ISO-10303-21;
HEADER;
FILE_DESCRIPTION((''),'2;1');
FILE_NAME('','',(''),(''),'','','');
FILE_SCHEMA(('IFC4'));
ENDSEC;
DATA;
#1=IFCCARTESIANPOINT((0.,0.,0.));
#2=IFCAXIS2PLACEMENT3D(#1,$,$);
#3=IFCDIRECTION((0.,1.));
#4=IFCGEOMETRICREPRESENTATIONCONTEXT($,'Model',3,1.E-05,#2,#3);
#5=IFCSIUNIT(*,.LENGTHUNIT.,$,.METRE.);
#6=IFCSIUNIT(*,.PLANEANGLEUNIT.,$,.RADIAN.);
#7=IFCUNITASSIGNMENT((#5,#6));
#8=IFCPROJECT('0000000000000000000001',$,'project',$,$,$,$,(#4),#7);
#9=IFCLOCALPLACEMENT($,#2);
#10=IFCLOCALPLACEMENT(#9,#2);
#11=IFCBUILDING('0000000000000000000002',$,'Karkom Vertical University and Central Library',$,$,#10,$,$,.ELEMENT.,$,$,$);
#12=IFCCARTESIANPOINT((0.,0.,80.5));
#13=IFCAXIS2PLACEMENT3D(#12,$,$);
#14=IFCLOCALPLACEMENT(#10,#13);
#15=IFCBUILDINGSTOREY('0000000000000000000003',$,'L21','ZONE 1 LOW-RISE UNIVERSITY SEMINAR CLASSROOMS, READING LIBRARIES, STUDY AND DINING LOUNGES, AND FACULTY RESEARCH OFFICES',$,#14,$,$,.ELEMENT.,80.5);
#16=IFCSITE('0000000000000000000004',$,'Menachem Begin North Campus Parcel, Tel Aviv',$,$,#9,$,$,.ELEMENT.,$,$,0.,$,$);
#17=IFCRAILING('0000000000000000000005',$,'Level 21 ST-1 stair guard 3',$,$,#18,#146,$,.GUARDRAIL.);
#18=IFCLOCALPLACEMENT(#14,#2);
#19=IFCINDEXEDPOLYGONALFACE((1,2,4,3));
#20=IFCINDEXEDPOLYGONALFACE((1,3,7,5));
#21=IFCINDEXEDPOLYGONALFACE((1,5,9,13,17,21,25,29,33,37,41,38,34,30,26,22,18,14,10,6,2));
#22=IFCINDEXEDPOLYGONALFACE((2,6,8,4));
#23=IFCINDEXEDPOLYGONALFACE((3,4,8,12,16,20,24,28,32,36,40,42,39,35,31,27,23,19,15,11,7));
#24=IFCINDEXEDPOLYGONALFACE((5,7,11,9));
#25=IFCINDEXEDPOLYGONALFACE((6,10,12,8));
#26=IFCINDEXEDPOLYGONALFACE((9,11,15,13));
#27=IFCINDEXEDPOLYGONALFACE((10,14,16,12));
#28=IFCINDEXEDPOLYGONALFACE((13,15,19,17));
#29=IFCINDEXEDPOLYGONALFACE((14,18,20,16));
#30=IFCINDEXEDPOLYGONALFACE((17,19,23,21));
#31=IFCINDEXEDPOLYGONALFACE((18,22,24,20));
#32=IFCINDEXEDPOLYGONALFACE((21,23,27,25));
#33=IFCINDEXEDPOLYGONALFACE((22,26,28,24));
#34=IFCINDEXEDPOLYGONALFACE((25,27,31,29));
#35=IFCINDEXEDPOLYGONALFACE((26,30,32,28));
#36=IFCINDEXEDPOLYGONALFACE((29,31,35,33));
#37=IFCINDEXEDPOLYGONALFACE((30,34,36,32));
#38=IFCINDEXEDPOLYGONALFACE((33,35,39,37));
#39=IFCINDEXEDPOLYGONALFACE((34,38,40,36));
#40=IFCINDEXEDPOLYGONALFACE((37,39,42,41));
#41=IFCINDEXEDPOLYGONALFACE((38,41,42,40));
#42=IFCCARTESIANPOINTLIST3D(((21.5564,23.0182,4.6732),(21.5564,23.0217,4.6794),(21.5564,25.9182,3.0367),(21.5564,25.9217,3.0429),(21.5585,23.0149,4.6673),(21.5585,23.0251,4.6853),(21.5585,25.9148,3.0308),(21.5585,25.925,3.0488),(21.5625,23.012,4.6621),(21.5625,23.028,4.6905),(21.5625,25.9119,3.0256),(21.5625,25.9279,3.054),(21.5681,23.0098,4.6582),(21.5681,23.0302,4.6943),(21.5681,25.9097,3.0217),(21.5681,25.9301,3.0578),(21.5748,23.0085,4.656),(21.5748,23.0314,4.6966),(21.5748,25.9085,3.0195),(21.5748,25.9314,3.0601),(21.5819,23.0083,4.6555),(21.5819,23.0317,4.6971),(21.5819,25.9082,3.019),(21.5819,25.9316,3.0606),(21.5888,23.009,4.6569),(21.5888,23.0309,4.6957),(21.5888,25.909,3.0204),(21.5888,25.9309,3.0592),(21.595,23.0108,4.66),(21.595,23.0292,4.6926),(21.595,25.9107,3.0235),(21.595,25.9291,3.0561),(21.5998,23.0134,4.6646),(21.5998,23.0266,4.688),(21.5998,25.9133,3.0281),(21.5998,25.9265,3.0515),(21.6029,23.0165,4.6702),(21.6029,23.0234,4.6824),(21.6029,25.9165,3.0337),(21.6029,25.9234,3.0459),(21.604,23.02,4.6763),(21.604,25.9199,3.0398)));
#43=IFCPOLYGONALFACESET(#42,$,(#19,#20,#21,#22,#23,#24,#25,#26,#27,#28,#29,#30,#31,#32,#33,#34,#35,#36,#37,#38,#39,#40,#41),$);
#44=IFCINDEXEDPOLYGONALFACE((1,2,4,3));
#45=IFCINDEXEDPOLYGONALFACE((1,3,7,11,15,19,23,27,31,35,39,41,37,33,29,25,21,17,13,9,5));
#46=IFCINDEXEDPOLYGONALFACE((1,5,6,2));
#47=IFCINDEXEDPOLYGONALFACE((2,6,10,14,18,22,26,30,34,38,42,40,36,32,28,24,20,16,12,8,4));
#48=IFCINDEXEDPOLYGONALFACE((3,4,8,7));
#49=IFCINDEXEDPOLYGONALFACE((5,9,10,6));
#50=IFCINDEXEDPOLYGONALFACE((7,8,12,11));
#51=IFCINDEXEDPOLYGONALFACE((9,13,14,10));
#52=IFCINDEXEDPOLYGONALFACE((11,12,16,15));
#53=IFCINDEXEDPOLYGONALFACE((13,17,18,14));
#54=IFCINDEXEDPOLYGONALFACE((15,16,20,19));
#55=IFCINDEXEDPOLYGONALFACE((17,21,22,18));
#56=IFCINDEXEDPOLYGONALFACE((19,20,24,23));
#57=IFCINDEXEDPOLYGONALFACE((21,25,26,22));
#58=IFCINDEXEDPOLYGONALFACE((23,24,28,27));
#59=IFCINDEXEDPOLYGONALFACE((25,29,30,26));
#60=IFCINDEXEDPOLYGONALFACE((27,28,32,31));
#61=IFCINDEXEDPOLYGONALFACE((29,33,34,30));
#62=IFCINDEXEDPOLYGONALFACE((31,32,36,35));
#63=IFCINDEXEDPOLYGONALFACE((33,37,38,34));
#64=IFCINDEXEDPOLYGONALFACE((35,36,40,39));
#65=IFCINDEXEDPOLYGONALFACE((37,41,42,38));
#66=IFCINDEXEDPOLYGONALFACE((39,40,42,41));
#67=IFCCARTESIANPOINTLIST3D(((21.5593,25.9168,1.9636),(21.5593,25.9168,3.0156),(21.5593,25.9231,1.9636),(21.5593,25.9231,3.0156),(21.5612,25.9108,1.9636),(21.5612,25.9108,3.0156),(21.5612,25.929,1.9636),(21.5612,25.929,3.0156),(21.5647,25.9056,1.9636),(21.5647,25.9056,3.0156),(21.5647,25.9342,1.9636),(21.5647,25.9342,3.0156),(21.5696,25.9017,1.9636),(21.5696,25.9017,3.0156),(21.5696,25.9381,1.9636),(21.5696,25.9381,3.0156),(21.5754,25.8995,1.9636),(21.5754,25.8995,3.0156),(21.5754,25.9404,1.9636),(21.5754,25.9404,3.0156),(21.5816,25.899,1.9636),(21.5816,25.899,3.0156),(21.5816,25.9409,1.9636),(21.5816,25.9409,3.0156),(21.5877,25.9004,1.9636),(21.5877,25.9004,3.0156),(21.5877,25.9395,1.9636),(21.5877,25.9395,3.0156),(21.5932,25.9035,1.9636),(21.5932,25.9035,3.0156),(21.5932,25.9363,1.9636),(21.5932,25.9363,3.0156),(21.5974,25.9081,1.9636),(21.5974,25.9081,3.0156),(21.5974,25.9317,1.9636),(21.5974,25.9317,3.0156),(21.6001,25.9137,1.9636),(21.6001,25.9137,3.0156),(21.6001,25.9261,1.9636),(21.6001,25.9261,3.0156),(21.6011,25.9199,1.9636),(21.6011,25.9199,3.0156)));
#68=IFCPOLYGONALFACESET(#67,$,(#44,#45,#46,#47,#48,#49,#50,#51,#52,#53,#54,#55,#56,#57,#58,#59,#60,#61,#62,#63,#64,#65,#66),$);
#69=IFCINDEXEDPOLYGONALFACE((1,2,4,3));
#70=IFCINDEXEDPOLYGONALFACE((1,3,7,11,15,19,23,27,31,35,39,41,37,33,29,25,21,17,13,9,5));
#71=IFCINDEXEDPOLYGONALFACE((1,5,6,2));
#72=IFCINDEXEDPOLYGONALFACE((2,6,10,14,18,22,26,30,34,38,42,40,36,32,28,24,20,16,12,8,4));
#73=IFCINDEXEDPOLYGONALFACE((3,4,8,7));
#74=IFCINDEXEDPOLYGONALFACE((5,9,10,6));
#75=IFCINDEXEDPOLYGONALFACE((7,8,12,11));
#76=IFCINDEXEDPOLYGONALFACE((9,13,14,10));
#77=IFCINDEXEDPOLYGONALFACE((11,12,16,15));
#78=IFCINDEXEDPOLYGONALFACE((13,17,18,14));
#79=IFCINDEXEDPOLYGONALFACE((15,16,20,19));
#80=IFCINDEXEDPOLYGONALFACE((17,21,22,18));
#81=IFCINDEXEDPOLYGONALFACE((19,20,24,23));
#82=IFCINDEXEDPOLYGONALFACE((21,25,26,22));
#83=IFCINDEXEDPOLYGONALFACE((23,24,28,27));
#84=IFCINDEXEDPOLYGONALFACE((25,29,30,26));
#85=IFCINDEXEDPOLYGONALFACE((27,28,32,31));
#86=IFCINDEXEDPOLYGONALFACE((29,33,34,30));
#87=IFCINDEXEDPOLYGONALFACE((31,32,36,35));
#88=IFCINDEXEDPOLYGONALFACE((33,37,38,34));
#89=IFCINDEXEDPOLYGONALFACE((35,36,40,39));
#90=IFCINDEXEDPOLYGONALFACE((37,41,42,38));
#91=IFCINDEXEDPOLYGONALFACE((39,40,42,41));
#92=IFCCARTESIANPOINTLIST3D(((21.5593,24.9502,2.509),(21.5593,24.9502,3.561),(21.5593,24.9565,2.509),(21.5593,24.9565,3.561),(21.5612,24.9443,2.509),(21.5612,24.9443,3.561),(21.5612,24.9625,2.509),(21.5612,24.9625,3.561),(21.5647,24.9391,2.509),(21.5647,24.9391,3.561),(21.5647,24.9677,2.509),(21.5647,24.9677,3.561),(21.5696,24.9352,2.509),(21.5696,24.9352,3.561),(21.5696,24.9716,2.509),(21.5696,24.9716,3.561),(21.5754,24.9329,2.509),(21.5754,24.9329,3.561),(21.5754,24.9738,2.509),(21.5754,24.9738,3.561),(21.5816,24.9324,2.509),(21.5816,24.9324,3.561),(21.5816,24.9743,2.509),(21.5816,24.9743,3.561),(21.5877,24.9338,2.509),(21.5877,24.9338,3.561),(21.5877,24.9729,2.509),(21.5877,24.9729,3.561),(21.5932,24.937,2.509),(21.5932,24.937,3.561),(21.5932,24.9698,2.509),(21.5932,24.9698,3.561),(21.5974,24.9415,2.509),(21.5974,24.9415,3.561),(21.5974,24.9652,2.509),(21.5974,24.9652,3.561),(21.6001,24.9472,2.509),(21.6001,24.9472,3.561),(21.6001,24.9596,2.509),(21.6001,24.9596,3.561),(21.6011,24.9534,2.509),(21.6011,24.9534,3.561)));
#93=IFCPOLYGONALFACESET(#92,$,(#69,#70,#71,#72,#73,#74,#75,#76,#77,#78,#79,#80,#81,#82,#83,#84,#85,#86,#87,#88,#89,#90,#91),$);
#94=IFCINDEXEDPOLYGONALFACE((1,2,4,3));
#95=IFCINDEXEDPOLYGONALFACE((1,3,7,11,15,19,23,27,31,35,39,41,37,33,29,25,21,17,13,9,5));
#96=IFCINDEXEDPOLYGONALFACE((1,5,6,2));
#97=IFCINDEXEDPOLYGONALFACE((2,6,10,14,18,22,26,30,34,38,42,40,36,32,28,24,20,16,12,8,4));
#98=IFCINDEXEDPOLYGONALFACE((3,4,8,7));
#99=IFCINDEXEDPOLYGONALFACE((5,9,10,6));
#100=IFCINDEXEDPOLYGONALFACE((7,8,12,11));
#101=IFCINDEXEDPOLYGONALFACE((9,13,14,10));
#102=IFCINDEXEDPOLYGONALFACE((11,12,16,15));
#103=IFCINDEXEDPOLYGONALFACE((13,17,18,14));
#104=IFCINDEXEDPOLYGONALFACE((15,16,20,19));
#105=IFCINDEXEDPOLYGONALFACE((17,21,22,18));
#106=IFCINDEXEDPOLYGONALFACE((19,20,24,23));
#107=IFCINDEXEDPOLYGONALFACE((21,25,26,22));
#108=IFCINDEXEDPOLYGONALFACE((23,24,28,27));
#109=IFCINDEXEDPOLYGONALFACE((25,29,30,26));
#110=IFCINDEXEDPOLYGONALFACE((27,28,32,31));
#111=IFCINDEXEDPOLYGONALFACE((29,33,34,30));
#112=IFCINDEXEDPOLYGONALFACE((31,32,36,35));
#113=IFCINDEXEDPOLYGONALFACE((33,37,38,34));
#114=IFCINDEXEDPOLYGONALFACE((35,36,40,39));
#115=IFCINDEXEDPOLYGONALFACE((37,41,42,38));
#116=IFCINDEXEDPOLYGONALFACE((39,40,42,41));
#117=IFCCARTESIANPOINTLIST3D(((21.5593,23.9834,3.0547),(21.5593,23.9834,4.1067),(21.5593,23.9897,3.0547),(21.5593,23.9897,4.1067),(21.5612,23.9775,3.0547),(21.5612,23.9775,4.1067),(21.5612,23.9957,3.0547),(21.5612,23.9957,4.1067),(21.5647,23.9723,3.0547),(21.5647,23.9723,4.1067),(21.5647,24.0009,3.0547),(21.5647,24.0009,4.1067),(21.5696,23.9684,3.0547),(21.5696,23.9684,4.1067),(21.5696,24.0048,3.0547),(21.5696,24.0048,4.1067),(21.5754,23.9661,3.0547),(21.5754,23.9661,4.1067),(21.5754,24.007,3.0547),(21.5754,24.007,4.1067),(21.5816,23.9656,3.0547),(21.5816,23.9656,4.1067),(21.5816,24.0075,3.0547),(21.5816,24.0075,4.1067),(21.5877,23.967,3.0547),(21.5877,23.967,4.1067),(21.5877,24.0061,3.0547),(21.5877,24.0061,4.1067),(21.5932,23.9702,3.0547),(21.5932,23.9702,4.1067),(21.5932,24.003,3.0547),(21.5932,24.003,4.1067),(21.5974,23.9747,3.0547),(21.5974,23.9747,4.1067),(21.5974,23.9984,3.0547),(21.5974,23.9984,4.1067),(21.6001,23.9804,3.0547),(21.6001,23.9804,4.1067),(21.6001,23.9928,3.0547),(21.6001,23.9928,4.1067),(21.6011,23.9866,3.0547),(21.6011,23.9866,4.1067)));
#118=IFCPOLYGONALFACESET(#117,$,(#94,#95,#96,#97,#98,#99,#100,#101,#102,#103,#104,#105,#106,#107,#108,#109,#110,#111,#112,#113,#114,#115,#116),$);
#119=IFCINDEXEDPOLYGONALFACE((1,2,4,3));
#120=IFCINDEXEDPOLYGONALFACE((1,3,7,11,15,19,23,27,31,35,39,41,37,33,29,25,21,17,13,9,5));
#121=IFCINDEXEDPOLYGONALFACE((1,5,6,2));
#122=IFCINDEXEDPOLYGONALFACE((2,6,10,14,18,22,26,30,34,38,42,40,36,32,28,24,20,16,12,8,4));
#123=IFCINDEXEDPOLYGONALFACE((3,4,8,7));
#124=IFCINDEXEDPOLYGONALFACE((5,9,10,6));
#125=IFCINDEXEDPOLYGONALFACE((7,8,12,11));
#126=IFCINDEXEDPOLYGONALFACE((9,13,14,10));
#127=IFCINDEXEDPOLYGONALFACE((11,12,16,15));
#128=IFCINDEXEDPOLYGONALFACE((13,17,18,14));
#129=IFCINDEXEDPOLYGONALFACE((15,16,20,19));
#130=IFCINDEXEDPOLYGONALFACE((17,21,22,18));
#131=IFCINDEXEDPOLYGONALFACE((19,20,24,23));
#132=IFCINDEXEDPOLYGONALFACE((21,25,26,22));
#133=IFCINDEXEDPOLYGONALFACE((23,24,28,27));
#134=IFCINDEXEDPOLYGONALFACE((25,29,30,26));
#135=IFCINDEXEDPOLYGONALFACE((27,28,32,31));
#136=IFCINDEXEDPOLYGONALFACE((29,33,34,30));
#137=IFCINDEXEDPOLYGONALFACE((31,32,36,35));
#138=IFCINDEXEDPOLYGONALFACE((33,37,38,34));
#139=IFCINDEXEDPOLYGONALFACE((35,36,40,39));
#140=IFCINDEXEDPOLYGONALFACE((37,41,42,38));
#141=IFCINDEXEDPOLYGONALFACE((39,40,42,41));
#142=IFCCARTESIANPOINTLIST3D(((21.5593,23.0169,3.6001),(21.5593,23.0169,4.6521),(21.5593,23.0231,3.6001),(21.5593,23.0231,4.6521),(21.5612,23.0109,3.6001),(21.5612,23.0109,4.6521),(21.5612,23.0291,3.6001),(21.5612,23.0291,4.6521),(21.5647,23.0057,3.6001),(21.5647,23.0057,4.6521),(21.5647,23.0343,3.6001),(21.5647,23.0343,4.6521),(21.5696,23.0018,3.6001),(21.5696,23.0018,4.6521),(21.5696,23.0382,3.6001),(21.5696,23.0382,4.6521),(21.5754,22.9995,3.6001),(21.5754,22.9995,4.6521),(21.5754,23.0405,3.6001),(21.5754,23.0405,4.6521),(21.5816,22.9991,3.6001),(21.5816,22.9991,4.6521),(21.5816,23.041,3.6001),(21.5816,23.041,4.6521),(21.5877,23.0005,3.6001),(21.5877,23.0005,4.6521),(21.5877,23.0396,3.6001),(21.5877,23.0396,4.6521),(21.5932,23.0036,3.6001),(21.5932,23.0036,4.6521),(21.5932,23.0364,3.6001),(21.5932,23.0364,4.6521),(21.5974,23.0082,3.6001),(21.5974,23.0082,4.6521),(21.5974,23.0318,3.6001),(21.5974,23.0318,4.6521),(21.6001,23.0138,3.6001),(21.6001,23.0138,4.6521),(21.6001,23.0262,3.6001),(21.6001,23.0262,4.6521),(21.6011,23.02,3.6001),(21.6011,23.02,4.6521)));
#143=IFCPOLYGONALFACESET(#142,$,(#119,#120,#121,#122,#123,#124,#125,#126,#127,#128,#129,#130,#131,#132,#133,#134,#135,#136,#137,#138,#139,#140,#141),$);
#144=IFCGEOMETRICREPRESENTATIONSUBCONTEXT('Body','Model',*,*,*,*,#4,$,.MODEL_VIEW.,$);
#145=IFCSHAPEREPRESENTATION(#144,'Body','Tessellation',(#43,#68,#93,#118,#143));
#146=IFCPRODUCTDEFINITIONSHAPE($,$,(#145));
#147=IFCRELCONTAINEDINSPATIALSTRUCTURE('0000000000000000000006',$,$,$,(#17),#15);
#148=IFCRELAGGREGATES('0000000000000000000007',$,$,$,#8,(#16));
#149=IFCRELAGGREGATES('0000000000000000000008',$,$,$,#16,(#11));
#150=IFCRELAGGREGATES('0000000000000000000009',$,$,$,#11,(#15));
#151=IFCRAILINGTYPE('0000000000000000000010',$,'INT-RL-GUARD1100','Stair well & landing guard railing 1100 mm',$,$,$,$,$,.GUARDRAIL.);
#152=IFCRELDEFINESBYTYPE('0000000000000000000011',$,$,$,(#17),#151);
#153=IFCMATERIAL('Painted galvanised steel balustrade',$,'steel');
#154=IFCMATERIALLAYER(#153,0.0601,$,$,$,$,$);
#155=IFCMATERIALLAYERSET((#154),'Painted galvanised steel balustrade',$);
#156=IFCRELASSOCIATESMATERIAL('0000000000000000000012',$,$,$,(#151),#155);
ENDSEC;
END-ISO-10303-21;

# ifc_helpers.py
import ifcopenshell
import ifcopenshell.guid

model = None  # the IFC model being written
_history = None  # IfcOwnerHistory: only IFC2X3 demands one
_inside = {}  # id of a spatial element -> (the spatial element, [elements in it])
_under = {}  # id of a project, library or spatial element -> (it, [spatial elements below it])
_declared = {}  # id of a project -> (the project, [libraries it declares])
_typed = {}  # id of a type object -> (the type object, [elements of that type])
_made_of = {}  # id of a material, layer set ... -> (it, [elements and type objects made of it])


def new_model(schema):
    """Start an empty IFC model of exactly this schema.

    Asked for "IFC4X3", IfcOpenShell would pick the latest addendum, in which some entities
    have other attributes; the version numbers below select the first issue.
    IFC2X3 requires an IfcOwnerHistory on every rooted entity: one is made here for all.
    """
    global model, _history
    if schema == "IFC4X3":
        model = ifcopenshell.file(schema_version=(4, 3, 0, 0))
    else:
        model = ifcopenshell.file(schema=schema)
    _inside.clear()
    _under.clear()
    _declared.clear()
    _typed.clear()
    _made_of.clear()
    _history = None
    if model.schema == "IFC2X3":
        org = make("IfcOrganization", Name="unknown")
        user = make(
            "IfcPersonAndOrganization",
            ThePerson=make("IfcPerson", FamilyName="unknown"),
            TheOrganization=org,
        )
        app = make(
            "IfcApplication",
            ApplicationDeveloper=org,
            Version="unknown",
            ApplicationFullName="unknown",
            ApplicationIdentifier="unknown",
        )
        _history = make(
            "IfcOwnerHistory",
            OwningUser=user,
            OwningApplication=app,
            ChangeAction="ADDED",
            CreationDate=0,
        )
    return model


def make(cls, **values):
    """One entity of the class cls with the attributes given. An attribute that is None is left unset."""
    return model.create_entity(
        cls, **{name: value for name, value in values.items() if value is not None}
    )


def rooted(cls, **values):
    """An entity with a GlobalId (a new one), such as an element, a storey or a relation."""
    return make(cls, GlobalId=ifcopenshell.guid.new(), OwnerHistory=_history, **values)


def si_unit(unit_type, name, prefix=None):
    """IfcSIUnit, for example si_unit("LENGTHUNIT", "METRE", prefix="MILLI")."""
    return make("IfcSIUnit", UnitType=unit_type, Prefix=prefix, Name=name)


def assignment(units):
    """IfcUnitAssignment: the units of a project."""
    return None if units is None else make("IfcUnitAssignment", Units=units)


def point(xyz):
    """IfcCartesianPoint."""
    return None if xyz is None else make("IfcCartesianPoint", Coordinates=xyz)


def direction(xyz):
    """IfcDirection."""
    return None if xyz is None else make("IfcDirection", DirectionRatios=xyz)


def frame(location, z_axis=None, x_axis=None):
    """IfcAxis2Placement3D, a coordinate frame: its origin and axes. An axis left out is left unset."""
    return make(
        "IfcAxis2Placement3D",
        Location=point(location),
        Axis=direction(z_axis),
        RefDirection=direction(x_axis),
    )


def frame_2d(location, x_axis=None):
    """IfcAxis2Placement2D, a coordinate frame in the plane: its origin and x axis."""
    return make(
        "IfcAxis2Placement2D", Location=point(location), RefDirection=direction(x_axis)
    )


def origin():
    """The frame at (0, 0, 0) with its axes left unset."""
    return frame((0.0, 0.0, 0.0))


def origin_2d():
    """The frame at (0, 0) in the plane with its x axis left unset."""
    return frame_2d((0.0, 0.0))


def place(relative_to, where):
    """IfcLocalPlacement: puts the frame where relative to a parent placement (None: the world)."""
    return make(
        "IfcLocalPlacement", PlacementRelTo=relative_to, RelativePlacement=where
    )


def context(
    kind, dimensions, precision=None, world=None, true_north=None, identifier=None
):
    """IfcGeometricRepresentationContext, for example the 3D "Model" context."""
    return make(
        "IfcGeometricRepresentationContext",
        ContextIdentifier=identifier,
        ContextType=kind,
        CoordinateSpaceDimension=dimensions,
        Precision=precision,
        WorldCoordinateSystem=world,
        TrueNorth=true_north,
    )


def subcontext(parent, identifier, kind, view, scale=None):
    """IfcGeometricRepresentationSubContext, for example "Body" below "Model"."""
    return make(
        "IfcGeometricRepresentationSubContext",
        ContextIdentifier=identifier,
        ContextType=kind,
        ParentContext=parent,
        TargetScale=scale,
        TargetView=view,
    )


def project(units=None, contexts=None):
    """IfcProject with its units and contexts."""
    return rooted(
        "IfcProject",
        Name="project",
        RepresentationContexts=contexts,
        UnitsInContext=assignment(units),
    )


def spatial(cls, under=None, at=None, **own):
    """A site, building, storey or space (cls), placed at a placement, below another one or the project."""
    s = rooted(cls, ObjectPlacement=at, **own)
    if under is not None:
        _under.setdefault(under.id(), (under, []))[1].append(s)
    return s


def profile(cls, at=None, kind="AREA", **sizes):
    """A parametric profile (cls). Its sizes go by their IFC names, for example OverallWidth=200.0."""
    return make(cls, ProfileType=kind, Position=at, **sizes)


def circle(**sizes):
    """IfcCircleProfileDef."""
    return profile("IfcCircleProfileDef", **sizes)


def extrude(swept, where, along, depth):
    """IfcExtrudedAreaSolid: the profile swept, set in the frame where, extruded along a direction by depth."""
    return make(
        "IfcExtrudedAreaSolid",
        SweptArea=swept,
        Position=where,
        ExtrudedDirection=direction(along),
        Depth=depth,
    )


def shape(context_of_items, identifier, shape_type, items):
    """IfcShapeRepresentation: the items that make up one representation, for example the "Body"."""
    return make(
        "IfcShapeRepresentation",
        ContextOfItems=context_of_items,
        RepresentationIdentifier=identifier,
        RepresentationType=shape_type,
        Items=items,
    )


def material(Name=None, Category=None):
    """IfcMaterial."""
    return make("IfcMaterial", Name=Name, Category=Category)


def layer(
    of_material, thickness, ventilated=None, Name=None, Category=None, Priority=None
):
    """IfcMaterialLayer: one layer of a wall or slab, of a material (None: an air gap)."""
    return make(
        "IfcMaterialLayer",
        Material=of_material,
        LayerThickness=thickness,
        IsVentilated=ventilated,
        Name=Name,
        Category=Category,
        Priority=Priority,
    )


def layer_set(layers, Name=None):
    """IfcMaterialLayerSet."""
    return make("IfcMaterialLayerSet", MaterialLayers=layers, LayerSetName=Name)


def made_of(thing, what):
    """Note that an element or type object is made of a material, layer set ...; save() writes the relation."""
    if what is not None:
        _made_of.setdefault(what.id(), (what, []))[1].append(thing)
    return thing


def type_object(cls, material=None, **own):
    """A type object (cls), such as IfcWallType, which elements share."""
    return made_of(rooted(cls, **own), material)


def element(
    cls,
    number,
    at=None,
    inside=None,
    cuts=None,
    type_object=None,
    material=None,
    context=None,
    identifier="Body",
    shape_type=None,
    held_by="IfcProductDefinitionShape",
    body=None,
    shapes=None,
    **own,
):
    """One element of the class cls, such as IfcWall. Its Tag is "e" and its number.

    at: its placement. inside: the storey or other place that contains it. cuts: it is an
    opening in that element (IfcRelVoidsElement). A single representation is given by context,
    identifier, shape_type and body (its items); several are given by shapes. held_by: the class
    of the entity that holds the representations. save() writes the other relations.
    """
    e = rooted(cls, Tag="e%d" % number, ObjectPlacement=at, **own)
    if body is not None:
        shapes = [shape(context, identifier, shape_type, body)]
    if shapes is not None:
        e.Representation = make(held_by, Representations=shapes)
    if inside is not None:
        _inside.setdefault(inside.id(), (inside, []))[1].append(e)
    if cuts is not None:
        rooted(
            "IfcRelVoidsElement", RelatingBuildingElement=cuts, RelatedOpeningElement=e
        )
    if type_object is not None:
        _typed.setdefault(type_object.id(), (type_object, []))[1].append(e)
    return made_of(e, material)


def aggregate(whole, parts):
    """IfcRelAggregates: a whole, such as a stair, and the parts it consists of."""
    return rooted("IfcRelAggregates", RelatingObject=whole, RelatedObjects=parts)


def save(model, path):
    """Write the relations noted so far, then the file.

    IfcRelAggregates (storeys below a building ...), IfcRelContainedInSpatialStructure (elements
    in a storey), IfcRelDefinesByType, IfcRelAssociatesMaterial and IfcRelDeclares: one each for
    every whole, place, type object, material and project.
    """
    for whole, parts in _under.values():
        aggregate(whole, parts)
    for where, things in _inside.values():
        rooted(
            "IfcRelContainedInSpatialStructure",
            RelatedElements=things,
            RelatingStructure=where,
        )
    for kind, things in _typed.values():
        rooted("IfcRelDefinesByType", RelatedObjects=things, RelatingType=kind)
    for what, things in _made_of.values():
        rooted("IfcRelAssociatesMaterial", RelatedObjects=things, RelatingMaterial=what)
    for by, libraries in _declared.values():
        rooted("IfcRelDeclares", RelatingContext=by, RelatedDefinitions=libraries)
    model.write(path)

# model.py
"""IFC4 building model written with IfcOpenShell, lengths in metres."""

from ifc_helpers import new_model, si_unit, direction, frame, origin, origin_2d, place, context, subcontext, project, spatial, circle, extrude, material, layer, layer_set, type_object, element, save


model = new_model("IFC4")

# Units and contexts
model_context = context("Model", 3, precision=1e-05, world=origin(), true_north=direction((0.0, 1.0)))
body_context = subcontext(model_context, "Body", "Model", "MODEL_VIEW")
ifc_project = project(units=[si_unit("LENGTHUNIT", "METRE"), si_unit("PLANEANGLEUNIT", "RADIAN")], contexts=[model_context])

# Site, building, storey
site_placement = place(None, origin())
site = spatial("IfcSite", under=ifc_project, at=site_placement, Name="Menachem Begin North Campus Parcel, Tel Aviv", CompositionType="ELEMENT", RefElevation=0.0)
building_placement = place(site_placement, origin())
building = spatial("IfcBuilding", under=site, at=building_placement, Name="Karkom Vertical University and Central Library", CompositionType="ELEMENT")
storey_placement = place(building_placement, frame((0.0, 0.0, 80.5)))
storey = spatial("IfcBuildingStorey", under=building, at=storey_placement, Name="L21", Description="ZONE 1 LOW-RISE UNIVERSITY SEMINAR CLASSROOMS, READING LIBRARIES, STUDY AND DINING LOUNGES, AND FACULTY RESEARCH OFFICES", CompositionType="ELEMENT", Elevation=80.5)

# Railing
ifc_material_1 = material(Name="Painted galvanised steel balustrade", Category="steel")
ifc_layer_1 = layer(ifc_material_1, 0.0601)
ifc_layer_set_1 = layer_set([ifc_layer_1], Name="Painted galvanised steel balustrade")
railing_type_1 = type_object("IfcRailingType", Name="INT-RL-GUARD1100", Description="Stair well & landing guard railing 1100 mm", PredefinedType="GUARDRAIL", material=ifc_layer_set_1)
railing_1_placement = place(storey_placement, frame((21.5801, 25.9199, 1.9636)))
element("IfcRailing", 1, at=railing_1_placement, inside=storey, type_object=railing_type_1, Name="Level 21 ST-1 stair guard 3", PredefinedType="GUARDRAIL", context=body_context, shape_type="SweptSolid", body=[
    extrude(circle(Radius=0.0239, at=origin_2d()), frame((0.0, 0.0, 1.0762), z_axis=(0.0, -0.870897, 0.491465), x_axis=(1.0, 0.0, 0.0)), (0.0, 0.0, 1.0), 3.3298),
    extrude(circle(Radius=0.021, at=origin_2d()), origin(), (0.0, 0.0, 1.0), 1.052),
    extrude(circle(Radius=0.021, at=origin_2d()), frame((0.0, -0.9666, 0.5454)), (0.0, 0.0, 1.0), 1.052),
    extrude(circle(Radius=0.021, at=origin_2d()), frame((0.0, -1.9333, 1.0911)), (0.0, 0.0, 1.0), 1.052),
    extrude(circle(Radius=0.021, at=origin_2d()), frame((0.0, -2.8999, 1.6365)), (0.0, 0.0, 1.0), 1.052),
])

save(model, "model.ifc")
